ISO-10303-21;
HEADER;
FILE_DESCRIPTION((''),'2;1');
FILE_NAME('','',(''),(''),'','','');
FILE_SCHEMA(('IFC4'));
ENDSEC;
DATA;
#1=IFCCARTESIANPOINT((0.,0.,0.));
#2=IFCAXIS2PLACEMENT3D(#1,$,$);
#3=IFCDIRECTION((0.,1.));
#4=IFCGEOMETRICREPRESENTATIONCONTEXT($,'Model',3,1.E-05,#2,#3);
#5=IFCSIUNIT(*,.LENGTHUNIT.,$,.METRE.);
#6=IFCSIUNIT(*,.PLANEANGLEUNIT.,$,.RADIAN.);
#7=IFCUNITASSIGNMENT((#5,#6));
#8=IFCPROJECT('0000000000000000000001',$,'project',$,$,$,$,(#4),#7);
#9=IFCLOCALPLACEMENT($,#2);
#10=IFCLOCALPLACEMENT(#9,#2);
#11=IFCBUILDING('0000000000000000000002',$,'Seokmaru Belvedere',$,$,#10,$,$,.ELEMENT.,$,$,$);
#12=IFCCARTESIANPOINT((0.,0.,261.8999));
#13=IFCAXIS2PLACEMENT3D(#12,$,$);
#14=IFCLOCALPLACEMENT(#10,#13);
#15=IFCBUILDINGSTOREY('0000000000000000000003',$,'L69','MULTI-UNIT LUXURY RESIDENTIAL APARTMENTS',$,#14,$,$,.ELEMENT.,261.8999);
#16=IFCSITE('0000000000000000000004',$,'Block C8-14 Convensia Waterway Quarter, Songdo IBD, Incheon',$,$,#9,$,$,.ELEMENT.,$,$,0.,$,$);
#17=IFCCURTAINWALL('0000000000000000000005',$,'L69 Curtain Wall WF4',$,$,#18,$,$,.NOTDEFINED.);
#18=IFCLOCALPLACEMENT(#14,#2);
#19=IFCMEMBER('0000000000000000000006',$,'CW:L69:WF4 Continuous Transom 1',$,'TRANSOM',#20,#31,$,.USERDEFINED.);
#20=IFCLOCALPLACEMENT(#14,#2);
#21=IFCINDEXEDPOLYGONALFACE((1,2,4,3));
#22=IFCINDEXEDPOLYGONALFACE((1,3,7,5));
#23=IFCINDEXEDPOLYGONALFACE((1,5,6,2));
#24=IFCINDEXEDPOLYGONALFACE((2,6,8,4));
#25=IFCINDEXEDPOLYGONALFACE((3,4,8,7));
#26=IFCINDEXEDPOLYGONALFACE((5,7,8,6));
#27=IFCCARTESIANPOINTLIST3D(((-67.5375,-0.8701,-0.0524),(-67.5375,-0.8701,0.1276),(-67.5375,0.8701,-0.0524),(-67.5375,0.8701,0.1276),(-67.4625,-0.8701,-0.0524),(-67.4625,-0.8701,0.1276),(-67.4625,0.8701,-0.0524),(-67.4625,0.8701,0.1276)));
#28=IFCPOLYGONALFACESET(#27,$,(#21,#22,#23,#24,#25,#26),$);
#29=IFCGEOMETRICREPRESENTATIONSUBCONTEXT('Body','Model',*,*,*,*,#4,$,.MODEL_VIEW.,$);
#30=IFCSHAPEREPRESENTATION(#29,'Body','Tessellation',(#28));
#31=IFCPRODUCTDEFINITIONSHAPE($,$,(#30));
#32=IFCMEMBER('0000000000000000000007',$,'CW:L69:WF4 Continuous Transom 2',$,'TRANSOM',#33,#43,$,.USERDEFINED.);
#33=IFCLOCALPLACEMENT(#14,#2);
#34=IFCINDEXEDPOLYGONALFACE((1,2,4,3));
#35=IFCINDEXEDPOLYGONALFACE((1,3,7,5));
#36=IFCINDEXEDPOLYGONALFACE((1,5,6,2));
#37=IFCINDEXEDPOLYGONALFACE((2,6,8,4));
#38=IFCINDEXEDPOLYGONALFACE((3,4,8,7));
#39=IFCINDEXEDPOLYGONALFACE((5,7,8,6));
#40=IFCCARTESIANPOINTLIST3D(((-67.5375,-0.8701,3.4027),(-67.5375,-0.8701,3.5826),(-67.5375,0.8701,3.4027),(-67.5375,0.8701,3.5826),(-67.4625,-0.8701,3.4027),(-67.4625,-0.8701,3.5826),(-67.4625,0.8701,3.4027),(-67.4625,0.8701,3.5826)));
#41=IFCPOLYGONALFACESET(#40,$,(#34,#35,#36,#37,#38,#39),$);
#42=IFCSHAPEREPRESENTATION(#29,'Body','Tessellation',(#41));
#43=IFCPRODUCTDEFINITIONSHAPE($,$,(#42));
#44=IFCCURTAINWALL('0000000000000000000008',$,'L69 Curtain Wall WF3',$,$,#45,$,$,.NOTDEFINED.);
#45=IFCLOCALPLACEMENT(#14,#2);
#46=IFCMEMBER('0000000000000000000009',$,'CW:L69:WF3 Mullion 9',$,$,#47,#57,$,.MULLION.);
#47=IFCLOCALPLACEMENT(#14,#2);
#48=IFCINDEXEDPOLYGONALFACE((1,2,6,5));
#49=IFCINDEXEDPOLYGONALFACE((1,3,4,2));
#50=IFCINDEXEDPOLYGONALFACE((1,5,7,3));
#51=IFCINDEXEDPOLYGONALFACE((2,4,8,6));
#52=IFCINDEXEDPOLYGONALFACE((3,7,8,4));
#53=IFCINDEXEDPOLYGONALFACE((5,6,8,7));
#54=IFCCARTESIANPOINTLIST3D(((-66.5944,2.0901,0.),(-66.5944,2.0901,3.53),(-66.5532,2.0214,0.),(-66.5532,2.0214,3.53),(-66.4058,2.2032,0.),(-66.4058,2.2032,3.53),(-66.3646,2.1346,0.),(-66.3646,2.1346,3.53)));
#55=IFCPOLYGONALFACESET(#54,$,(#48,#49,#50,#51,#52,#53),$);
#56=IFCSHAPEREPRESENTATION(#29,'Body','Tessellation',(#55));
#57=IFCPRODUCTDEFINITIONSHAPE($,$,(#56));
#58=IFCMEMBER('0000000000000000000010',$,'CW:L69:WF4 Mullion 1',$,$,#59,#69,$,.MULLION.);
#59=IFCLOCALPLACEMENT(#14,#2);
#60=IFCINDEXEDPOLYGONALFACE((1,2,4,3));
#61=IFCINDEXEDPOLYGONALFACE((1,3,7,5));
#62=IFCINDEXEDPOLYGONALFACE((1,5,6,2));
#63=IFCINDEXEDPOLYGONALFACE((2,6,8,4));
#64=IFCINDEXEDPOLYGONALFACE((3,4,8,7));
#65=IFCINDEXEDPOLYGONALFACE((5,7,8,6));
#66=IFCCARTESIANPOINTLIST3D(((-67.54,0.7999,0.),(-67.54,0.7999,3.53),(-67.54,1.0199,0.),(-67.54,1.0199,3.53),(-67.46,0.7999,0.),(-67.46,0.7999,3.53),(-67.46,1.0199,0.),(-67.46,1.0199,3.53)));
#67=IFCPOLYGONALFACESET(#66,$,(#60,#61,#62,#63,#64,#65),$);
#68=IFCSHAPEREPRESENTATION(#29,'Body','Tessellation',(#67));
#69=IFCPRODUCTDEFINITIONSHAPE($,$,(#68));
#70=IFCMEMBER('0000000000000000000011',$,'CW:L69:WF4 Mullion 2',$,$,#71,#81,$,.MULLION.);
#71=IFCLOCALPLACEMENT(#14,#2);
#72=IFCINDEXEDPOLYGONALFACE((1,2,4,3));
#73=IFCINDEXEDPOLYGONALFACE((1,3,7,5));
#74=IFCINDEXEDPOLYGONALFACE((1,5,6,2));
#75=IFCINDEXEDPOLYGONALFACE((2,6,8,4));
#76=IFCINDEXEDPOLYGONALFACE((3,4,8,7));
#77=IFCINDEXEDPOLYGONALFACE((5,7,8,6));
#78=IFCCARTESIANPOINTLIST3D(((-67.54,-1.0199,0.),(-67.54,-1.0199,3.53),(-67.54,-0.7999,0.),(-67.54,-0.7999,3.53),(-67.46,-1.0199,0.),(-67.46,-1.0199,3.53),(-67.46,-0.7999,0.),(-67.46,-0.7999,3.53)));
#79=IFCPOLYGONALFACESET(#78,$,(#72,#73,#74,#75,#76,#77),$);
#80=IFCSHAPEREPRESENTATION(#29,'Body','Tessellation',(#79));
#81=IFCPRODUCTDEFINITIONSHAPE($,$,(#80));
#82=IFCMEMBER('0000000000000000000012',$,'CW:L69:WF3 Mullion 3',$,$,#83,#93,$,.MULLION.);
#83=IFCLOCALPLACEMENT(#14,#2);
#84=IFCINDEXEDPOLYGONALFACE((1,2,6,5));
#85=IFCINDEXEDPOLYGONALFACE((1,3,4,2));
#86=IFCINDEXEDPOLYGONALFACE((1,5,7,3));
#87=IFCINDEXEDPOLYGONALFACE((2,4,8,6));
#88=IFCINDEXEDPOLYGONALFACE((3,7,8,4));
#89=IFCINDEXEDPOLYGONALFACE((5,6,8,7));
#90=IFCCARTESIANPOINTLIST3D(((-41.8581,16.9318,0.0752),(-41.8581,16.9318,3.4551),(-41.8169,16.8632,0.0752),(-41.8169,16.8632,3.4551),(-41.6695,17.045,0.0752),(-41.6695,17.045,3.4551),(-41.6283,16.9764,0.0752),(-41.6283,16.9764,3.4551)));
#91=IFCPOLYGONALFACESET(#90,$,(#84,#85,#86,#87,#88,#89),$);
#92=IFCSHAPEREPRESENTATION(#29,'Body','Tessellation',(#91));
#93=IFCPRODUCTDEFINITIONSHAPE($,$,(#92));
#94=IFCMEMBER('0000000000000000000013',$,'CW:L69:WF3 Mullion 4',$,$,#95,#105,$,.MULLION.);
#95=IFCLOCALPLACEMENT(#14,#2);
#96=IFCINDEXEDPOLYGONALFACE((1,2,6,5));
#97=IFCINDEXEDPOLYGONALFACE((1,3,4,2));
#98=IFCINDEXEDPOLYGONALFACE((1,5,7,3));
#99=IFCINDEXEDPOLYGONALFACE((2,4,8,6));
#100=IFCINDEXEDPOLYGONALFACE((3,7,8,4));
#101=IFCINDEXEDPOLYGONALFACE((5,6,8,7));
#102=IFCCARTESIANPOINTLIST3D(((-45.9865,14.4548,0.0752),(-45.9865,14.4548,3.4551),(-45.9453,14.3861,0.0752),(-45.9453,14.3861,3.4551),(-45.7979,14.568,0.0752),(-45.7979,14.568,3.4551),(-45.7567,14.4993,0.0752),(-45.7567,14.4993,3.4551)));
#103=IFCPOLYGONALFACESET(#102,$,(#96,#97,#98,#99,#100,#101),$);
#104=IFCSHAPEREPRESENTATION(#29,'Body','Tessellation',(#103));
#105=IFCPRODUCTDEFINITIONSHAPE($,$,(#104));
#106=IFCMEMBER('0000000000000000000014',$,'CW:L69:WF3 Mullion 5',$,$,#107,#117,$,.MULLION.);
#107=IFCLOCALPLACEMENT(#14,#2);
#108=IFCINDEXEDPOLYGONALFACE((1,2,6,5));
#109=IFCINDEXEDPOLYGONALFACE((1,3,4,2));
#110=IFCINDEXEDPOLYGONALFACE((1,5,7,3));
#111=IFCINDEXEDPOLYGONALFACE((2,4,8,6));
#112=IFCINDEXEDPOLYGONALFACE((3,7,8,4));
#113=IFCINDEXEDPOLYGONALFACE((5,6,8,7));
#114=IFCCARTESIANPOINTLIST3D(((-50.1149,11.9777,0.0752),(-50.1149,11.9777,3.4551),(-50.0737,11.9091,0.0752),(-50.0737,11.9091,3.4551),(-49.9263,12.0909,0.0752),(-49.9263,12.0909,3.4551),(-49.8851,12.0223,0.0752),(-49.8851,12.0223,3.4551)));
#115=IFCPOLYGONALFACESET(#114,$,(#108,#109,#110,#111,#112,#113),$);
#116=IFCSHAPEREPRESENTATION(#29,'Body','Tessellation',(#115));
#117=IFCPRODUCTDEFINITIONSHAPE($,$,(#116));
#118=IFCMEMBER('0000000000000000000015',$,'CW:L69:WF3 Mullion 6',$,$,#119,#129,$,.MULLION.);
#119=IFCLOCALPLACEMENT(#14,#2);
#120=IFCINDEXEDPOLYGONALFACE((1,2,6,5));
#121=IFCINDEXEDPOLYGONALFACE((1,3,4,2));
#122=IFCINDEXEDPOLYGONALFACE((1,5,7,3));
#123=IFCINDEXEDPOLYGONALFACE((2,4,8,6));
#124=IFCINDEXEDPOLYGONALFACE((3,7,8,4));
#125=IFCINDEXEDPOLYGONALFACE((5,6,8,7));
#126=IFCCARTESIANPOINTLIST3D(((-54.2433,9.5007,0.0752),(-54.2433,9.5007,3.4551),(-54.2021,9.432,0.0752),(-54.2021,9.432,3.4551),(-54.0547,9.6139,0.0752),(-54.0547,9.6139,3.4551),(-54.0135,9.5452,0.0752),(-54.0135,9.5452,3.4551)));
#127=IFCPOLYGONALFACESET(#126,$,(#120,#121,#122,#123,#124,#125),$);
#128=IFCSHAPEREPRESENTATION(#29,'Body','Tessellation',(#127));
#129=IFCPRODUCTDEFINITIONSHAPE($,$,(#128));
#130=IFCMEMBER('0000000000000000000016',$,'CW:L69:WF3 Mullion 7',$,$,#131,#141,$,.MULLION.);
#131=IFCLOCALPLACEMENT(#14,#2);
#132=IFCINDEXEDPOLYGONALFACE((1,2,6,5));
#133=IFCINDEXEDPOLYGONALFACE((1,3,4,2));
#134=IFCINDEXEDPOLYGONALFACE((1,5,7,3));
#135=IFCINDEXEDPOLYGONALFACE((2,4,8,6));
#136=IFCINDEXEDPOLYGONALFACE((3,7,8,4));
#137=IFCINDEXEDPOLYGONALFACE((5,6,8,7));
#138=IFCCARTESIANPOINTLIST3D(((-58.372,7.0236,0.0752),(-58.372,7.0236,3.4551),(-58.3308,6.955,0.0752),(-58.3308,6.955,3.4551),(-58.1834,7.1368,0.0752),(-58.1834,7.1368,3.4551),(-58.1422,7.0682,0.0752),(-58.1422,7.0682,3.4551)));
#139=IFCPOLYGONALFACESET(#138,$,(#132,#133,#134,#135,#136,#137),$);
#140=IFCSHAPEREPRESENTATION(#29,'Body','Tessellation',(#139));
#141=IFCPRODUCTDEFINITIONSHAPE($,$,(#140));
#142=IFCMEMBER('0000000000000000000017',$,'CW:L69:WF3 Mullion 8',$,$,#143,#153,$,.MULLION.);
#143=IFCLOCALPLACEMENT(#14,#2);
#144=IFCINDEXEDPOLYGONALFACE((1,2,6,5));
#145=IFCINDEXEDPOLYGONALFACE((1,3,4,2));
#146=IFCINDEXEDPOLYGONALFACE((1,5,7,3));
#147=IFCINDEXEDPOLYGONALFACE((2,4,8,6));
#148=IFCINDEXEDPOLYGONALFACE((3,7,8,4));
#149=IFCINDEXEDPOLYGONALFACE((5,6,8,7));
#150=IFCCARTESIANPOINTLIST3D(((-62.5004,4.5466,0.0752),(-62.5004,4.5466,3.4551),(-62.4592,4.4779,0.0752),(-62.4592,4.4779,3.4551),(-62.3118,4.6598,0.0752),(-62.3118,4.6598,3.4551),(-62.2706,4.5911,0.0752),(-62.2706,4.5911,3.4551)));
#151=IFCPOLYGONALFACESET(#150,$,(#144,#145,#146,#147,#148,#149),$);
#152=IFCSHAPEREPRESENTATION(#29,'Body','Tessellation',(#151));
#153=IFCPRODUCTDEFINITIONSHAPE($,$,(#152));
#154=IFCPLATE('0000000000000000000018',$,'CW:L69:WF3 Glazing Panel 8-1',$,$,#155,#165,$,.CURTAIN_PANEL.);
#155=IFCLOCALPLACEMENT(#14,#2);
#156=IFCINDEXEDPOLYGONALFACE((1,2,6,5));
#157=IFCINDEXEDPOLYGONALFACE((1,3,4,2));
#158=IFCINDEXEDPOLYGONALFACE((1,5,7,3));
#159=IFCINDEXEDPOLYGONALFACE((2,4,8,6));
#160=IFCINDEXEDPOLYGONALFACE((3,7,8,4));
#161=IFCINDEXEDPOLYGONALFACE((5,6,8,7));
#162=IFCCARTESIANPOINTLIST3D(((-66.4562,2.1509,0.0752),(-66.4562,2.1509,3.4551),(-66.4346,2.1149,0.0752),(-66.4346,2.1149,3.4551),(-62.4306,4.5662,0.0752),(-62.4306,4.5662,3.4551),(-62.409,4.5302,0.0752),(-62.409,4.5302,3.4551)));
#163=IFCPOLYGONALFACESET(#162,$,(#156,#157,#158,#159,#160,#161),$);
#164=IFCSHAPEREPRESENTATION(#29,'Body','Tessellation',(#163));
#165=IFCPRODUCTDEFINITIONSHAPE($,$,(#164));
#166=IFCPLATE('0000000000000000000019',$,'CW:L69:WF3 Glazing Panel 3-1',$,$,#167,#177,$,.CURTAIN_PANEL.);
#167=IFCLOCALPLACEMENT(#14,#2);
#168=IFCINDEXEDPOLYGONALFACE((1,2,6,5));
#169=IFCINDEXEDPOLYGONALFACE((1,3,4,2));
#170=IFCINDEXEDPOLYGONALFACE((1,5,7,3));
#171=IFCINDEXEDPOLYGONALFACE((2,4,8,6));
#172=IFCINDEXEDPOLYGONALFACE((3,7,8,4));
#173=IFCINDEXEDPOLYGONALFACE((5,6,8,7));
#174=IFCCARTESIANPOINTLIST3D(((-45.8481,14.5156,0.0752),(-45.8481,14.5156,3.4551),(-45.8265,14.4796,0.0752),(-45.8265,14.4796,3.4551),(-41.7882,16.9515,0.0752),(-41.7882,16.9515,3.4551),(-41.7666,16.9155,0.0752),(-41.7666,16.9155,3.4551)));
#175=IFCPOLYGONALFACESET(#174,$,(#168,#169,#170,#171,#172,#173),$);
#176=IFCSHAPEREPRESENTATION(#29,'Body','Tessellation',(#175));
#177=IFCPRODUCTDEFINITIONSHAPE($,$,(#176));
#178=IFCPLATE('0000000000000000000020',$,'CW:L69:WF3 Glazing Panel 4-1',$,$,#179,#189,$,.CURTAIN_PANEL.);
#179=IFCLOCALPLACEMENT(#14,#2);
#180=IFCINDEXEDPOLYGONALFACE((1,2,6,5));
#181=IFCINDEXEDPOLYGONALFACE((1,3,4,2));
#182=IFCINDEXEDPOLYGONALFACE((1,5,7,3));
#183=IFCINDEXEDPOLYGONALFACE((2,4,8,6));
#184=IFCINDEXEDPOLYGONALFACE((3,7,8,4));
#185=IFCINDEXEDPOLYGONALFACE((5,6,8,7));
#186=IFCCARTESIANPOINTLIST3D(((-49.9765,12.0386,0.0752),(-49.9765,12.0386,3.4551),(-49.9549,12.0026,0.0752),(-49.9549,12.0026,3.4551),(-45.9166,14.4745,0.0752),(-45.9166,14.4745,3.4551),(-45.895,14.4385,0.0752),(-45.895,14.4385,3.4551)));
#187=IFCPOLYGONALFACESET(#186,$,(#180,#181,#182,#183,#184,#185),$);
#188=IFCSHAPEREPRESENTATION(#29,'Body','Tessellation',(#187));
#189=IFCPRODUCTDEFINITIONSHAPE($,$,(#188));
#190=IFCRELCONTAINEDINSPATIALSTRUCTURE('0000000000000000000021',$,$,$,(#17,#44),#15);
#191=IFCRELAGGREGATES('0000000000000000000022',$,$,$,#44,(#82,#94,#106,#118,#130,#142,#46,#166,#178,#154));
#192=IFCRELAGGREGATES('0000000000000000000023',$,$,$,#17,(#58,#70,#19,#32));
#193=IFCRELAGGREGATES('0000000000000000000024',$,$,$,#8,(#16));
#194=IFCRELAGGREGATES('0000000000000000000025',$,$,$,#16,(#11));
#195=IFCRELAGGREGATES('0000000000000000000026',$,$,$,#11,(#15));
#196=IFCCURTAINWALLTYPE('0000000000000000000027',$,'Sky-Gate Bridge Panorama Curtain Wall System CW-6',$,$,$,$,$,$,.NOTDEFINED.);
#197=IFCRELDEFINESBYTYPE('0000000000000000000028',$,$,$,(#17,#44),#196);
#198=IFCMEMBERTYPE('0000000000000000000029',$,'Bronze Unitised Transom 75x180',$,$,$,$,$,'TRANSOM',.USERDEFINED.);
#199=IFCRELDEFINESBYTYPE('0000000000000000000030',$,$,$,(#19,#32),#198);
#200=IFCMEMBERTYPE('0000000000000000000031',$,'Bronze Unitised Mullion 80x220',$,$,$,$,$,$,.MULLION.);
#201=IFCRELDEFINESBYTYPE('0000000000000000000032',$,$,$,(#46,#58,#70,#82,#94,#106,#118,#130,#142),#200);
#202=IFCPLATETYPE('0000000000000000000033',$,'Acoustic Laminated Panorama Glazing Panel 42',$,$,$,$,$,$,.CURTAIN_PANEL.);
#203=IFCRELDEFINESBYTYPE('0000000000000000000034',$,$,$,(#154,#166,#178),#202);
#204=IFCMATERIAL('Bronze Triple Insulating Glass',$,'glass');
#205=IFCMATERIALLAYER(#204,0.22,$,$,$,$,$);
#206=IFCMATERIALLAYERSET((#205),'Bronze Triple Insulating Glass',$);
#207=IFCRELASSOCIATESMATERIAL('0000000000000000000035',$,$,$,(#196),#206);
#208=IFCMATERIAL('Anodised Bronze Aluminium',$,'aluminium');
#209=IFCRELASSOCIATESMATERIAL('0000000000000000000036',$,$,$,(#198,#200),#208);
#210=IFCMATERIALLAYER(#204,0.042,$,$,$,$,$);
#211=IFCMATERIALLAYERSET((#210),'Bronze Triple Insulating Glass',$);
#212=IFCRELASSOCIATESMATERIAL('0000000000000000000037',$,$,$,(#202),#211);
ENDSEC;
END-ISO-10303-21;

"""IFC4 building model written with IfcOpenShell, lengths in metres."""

from ifc_helpers import new_model, si_unit, direction, frame, origin, origin_2d, place, context, subcontext, project, spatial, rectangle, extrude, source, transform, mapped, material, layer, layer_set, material_profile, profile_set, type_object, type_shapes, element, aggregate, save


model = new_model("IFC4")

# Units and contexts
model_context = context("Model", 3, precision=1e-05, world=origin(), true_north=direction((0.0, 1.0)))
body_context = subcontext(model_context, "Body", "Model", "MODEL_VIEW")
ifc_project = project(units=[si_unit("LENGTHUNIT", "METRE"), si_unit("PLANEANGLEUNIT", "RADIAN")], contexts=[model_context])

# Site, building, storey
site_placement = place(None, origin())
site = spatial("IfcSite", under=ifc_project, at=site_placement, Name="Block C8-14 Convensia Waterway Quarter, Songdo IBD, Incheon", CompositionType="ELEMENT", RefElevation=0.0)
building_placement = place(site_placement, origin())
building = spatial("IfcBuilding", under=site, at=building_placement, Name="Seokmaru Belvedere", CompositionType="ELEMENT")
storey_placement = place(building_placement, frame((0.0, 0.0, 261.8999)))
storey = spatial("IfcBuildingStorey", under=building, at=storey_placement, Name="L69", Description="MULTI-UNIT LUXURY RESIDENTIAL APARTMENTS", CompositionType="ELEMENT", Elevation=261.8999)

# Curtain wall, members
ifc_material_1 = material(Name="Bronze Triple Insulating Glass", Category="glass")
ifc_layer_1 = layer(ifc_material_1, 0.22)
ifc_layer_set_1 = layer_set([ifc_layer_1], Name="Bronze Triple Insulating Glass")
curtain_wall_type = type_object("IfcCurtainWallType", Name="Sky-Gate Bridge Panorama Curtain Wall System CW-6", PredefinedType="NOTDEFINED", material=ifc_layer_set_1)
curtain_wall_1_placement = place(storey_placement, origin())
curtain_wall_1 = element("IfcCurtainWall", 1, at=curtain_wall_1_placement, inside=storey, type_object=curtain_wall_type, Name="L69 Curtain Wall WF4", PredefinedType="NOTDEFINED")
ifc_material_2 = material(Name="Anodised Bronze Aluminium", Category="aluminium")
ifc_material_profile_1 = material_profile(ifc_material_2, rectangle(XDim=0.075, YDim=0.1799, at=origin_2d()), Name="CW-T-75x180")
ifc_profile_set_1 = profile_set([ifc_material_profile_1], Name="Anodised Bronze Aluminium")
member_type_1 = type_object("IfcMemberType", Name="Bronze Unitised Transom 75x180", ElementType="TRANSOM", PredefinedType="USERDEFINED", material=ifc_profile_set_1)
shared_shape_1 = source(origin(), body_context, "Body", "SweptSolid", [
    extrude(rectangle(XDim=0.075, YDim=0.1799, at=origin_2d()), origin(), (0.0, 0.0, 1.0), 1.7402),
])
type_shapes(member_type_1, [shared_shape_1])
member_1_placement = place(storey_placement, frame((-67.5, 0.8701, 0.0376), z_axis=(0.0, -1.0, 0.0), x_axis=(1.0, 0.0, 0.0)))
member_1 = element("IfcMember", 2, at=member_1_placement, type_object=member_type_1, Name="CW:L69:WF4 Continuous Transom 1", ObjectType="TRANSOM", PredefinedType="USERDEFINED", context=body_context, shape_type="MappedRepresentation", body=[
    mapped(shared_shape_1, transform((0.0, 0.0, 0.0), scale=1.0)),
])
member_2_placement = place(storey_placement, frame((-67.5, 0.8701, 3.4927), z_axis=(0.0, -1.0, 0.0), x_axis=(1.0, 0.0, 0.0)))
member_2 = element("IfcMember", 3, at=member_2_placement, type_object=member_type_1, Name="CW:L69:WF4 Continuous Transom 2", ObjectType="TRANSOM", PredefinedType="USERDEFINED", context=body_context, shape_type="MappedRepresentation", body=[
    mapped(shared_shape_1, transform((0.0, 0.0, 0.0), scale=1.0)),
])

# Curtain wall, member
curtain_wall_2_placement = place(storey_placement, origin())
curtain_wall_2 = element("IfcCurtainWall", 4, at=curtain_wall_2_placement, inside=storey, type_object=curtain_wall_type, Name="L69 Curtain Wall WF3", PredefinedType="NOTDEFINED")
ifc_material_profile_2 = material_profile(ifc_material_2, rectangle(XDim=0.0801, YDim=0.22, at=origin_2d()), Name="CW-M-80x220")
ifc_profile_set_2 = profile_set([ifc_material_profile_2], Name="Anodised Bronze Aluminium")
member_type_2 = type_object("IfcMemberType", Name="Bronze Unitised Mullion 80x220", PredefinedType="MULLION", material=ifc_profile_set_2)
shared_shape_2 = source(origin(), body_context, "Body", "SweptSolid", [
    extrude(rectangle(XDim=0.0801, YDim=0.22, at=origin_2d()), origin(), (0.0, 0.0, 1.0), 3.53),
])
member_3_placement = place(storey_placement, frame((-66.4795, 2.1123, 0.0), z_axis=(0.0, 0.0, 1.0), x_axis=(0.514495, -0.857493, 0.0)))
member_3 = element("IfcMember", 5, at=member_3_placement, type_object=member_type_2, Name="CW:L69:WF3 Mullion 9", PredefinedType="MULLION", context=body_context, shape_type="MappedRepresentation", body=[
    mapped(shared_shape_2, transform((0.0, 0.0, 0.0), scale=1.0)),
])

# Members
member_4_placement = place(storey_placement, frame((-67.5, 0.9099, 0.0), z_axis=(0.0, 0.0, 1.0), x_axis=(1.0, 0.0, 0.0)))
member_4 = element("IfcMember", 6, at=member_4_placement, type_object=member_type_2, Name="CW:L69:WF4 Mullion 1", PredefinedType="MULLION", context=body_context, shape_type="MappedRepresentation", body=[
    mapped(shared_shape_2, transform((0.0, 0.0, 0.0), scale=1.0)),
])
member_5_placement = place(storey_placement, frame((-67.5, -0.9099, 0.0), z_axis=(0.0, 0.0, 1.0), x_axis=(1.0, 0.0, 0.0)))
member_5 = element("IfcMember", 7, at=member_5_placement, type_object=member_type_2, Name="CW:L69:WF4 Mullion 2", PredefinedType="MULLION", context=body_context, shape_type="MappedRepresentation", body=[
    mapped(shared_shape_2, transform((0.0, 0.0, 0.0), scale=1.0)),
])
shared_shape_3 = source(origin(), body_context, "Body", "SweptSolid", [
    extrude(rectangle(XDim=0.0801, YDim=0.22, at=origin_2d()), origin(), (0.0, 0.0, 1.0), 3.3799),
])
type_shapes(member_type_2, [shared_shape_2, shared_shape_3])
member_6_placement = place(storey_placement, frame((-41.7432, 16.9541, 0.0752), z_axis=(0.0, 0.0, 1.0), x_axis=(0.514495, -0.857493, 0.0)))
member_6 = element("IfcMember", 8, at=member_6_placement, type_object=member_type_2, Name="CW:L69:WF3 Mullion 3", PredefinedType="MULLION", context=body_context, shape_type="MappedRepresentation", body=[
    mapped(shared_shape_3, transform((0.0, 0.0, 0.0), scale=1.0)),
])
member_7_placement = place(storey_placement, frame((-45.8716, 14.4771, 0.0752), z_axis=(0.0, 0.0, 1.0), x_axis=(0.514495, -0.857493, 0.0)))
member_7 = element("IfcMember", 9, at=member_7_placement, type_object=member_type_2, Name="CW:L69:WF3 Mullion 4", PredefinedType="MULLION", context=body_context, shape_type="MappedRepresentation", body=[
    mapped(shared_shape_3, transform((0.0, 0.0, 0.0), scale=1.0)),
])
member_8_placement = place(storey_placement, frame((-50.0, 12.0, 0.0752), z_axis=(0.0, 0.0, 1.0), x_axis=(0.514495, -0.857493, 0.0)))
member_8 = element("IfcMember", 10, at=member_8_placement, type_object=member_type_2, Name="CW:L69:WF3 Mullion 5", PredefinedType="MULLION", context=body_context, shape_type="MappedRepresentation", body=[
    mapped(shared_shape_3, transform((0.0, 0.0, 0.0), scale=1.0)),
])
member_9_placement = place(storey_placement, frame((-54.1284, 9.5229, 0.0752), z_axis=(0.0, 0.0, 1.0), x_axis=(0.514495, -0.857493, 0.0)))
member_9 = element("IfcMember", 11, at=member_9_placement, type_object=member_type_2, Name="CW:L69:WF3 Mullion 6", PredefinedType="MULLION", context=body_context, shape_type="MappedRepresentation", body=[
    mapped(shared_shape_3, transform((0.0, 0.0, 0.0), scale=1.0)),
])
member_10_placement = place(storey_placement, frame((-58.2571, 7.0459, 0.0752), z_axis=(0.0, 0.0, 1.0), x_axis=(0.514495, -0.857493, 0.0)))
member_10 = element("IfcMember", 12, at=member_10_placement, type_object=member_type_2, Name="CW:L69:WF3 Mullion 7", PredefinedType="MULLION", context=body_context, shape_type="MappedRepresentation", body=[
    mapped(shared_shape_3, transform((0.0, 0.0, 0.0), scale=1.0)),
])
member_11_placement = place(storey_placement, frame((-62.3855, 4.5688, 0.0752), z_axis=(0.0, 0.0, 1.0), x_axis=(0.514495, -0.857493, 0.0)))
member_11 = element("IfcMember", 13, at=member_11_placement, type_object=member_type_2, Name="CW:L69:WF3 Mullion 8", PredefinedType="MULLION", context=body_context, shape_type="MappedRepresentation", body=[
    mapped(shared_shape_3, transform((0.0, 0.0, 0.0), scale=1.0)),
])

# Plates
ifc_layer_2 = layer(ifc_material_1, 0.042)
ifc_layer_set_2 = layer_set([ifc_layer_2], Name="Bronze Triple Insulating Glass")
plate_type = type_object("IfcPlateType", Name="Acoustic Laminated Panorama Glazing Panel 42", PredefinedType="CURTAIN_PANEL", material=ifc_layer_set_2)
shared_shape_4 = source(origin(), body_context, "Body", "SweptSolid", [
    extrude(rectangle(XDim=4.6946, YDim=0.042, at=origin_2d()), origin(), (0.0, 0.0, 1.0), 3.3799),
])
plate_1_placement = place(storey_placement, frame((-64.4326, 3.3406, 0.0752), z_axis=(0.0, 0.0, 1.0), x_axis=(-0.857493, -0.514495, 0.0)))
plate_1 = element("IfcPlate", 14, at=plate_1_placement, type_object=plate_type, Name="CW:L69:WF3 Glazing Panel 8-1", PredefinedType="CURTAIN_PANEL", context=body_context, shape_type="MappedRepresentation", body=[
    mapped(shared_shape_4, transform((0.0, 0.0, 0.0), scale=1.0)),
])
shared_shape_5 = source(origin(), body_context, "Body", "SweptSolid", [
    extrude(rectangle(XDim=4.7346, YDim=0.042, at=origin_2d()), origin(), (0.0, 0.0, 1.0), 3.3799),
])
plate_2_placement = place(storey_placement, frame((-43.8074, 15.7156, 0.0752), z_axis=(0.0, 0.0, 1.0), x_axis=(-0.857493, -0.514495, 0.0)))
plate_2 = element("IfcPlate", 15, at=plate_2_placement, type_object=plate_type, Name="CW:L69:WF3 Glazing Panel 3-1", PredefinedType="CURTAIN_PANEL", context=body_context, shape_type="MappedRepresentation", body=[
    mapped(shared_shape_5, transform((0.0, 0.0, 0.0), scale=1.0)),
])
plate_3_placement = place(storey_placement, frame((-47.9358, 13.2385, 0.0752), z_axis=(0.0, 0.0, 1.0), x_axis=(-0.857493, -0.514495, 0.0)))
plate_3 = element("IfcPlate", 16, at=plate_3_placement, type_object=plate_type, Name="CW:L69:WF3 Glazing Panel 4-1", PredefinedType="CURTAIN_PANEL", context=body_context, shape_type="MappedRepresentation", body=[
    mapped(shared_shape_5, transform((0.0, 0.0, 0.0), scale=1.0)),
])
aggregate(curtain_wall_2, [member_6, member_7, member_8, member_9, member_10, member_11, member_3, plate_2, plate_3, plate_1])
aggregate(curtain_wall_1, [member_4, member_5, member_1, member_2])

save(model, "model.ifc")
